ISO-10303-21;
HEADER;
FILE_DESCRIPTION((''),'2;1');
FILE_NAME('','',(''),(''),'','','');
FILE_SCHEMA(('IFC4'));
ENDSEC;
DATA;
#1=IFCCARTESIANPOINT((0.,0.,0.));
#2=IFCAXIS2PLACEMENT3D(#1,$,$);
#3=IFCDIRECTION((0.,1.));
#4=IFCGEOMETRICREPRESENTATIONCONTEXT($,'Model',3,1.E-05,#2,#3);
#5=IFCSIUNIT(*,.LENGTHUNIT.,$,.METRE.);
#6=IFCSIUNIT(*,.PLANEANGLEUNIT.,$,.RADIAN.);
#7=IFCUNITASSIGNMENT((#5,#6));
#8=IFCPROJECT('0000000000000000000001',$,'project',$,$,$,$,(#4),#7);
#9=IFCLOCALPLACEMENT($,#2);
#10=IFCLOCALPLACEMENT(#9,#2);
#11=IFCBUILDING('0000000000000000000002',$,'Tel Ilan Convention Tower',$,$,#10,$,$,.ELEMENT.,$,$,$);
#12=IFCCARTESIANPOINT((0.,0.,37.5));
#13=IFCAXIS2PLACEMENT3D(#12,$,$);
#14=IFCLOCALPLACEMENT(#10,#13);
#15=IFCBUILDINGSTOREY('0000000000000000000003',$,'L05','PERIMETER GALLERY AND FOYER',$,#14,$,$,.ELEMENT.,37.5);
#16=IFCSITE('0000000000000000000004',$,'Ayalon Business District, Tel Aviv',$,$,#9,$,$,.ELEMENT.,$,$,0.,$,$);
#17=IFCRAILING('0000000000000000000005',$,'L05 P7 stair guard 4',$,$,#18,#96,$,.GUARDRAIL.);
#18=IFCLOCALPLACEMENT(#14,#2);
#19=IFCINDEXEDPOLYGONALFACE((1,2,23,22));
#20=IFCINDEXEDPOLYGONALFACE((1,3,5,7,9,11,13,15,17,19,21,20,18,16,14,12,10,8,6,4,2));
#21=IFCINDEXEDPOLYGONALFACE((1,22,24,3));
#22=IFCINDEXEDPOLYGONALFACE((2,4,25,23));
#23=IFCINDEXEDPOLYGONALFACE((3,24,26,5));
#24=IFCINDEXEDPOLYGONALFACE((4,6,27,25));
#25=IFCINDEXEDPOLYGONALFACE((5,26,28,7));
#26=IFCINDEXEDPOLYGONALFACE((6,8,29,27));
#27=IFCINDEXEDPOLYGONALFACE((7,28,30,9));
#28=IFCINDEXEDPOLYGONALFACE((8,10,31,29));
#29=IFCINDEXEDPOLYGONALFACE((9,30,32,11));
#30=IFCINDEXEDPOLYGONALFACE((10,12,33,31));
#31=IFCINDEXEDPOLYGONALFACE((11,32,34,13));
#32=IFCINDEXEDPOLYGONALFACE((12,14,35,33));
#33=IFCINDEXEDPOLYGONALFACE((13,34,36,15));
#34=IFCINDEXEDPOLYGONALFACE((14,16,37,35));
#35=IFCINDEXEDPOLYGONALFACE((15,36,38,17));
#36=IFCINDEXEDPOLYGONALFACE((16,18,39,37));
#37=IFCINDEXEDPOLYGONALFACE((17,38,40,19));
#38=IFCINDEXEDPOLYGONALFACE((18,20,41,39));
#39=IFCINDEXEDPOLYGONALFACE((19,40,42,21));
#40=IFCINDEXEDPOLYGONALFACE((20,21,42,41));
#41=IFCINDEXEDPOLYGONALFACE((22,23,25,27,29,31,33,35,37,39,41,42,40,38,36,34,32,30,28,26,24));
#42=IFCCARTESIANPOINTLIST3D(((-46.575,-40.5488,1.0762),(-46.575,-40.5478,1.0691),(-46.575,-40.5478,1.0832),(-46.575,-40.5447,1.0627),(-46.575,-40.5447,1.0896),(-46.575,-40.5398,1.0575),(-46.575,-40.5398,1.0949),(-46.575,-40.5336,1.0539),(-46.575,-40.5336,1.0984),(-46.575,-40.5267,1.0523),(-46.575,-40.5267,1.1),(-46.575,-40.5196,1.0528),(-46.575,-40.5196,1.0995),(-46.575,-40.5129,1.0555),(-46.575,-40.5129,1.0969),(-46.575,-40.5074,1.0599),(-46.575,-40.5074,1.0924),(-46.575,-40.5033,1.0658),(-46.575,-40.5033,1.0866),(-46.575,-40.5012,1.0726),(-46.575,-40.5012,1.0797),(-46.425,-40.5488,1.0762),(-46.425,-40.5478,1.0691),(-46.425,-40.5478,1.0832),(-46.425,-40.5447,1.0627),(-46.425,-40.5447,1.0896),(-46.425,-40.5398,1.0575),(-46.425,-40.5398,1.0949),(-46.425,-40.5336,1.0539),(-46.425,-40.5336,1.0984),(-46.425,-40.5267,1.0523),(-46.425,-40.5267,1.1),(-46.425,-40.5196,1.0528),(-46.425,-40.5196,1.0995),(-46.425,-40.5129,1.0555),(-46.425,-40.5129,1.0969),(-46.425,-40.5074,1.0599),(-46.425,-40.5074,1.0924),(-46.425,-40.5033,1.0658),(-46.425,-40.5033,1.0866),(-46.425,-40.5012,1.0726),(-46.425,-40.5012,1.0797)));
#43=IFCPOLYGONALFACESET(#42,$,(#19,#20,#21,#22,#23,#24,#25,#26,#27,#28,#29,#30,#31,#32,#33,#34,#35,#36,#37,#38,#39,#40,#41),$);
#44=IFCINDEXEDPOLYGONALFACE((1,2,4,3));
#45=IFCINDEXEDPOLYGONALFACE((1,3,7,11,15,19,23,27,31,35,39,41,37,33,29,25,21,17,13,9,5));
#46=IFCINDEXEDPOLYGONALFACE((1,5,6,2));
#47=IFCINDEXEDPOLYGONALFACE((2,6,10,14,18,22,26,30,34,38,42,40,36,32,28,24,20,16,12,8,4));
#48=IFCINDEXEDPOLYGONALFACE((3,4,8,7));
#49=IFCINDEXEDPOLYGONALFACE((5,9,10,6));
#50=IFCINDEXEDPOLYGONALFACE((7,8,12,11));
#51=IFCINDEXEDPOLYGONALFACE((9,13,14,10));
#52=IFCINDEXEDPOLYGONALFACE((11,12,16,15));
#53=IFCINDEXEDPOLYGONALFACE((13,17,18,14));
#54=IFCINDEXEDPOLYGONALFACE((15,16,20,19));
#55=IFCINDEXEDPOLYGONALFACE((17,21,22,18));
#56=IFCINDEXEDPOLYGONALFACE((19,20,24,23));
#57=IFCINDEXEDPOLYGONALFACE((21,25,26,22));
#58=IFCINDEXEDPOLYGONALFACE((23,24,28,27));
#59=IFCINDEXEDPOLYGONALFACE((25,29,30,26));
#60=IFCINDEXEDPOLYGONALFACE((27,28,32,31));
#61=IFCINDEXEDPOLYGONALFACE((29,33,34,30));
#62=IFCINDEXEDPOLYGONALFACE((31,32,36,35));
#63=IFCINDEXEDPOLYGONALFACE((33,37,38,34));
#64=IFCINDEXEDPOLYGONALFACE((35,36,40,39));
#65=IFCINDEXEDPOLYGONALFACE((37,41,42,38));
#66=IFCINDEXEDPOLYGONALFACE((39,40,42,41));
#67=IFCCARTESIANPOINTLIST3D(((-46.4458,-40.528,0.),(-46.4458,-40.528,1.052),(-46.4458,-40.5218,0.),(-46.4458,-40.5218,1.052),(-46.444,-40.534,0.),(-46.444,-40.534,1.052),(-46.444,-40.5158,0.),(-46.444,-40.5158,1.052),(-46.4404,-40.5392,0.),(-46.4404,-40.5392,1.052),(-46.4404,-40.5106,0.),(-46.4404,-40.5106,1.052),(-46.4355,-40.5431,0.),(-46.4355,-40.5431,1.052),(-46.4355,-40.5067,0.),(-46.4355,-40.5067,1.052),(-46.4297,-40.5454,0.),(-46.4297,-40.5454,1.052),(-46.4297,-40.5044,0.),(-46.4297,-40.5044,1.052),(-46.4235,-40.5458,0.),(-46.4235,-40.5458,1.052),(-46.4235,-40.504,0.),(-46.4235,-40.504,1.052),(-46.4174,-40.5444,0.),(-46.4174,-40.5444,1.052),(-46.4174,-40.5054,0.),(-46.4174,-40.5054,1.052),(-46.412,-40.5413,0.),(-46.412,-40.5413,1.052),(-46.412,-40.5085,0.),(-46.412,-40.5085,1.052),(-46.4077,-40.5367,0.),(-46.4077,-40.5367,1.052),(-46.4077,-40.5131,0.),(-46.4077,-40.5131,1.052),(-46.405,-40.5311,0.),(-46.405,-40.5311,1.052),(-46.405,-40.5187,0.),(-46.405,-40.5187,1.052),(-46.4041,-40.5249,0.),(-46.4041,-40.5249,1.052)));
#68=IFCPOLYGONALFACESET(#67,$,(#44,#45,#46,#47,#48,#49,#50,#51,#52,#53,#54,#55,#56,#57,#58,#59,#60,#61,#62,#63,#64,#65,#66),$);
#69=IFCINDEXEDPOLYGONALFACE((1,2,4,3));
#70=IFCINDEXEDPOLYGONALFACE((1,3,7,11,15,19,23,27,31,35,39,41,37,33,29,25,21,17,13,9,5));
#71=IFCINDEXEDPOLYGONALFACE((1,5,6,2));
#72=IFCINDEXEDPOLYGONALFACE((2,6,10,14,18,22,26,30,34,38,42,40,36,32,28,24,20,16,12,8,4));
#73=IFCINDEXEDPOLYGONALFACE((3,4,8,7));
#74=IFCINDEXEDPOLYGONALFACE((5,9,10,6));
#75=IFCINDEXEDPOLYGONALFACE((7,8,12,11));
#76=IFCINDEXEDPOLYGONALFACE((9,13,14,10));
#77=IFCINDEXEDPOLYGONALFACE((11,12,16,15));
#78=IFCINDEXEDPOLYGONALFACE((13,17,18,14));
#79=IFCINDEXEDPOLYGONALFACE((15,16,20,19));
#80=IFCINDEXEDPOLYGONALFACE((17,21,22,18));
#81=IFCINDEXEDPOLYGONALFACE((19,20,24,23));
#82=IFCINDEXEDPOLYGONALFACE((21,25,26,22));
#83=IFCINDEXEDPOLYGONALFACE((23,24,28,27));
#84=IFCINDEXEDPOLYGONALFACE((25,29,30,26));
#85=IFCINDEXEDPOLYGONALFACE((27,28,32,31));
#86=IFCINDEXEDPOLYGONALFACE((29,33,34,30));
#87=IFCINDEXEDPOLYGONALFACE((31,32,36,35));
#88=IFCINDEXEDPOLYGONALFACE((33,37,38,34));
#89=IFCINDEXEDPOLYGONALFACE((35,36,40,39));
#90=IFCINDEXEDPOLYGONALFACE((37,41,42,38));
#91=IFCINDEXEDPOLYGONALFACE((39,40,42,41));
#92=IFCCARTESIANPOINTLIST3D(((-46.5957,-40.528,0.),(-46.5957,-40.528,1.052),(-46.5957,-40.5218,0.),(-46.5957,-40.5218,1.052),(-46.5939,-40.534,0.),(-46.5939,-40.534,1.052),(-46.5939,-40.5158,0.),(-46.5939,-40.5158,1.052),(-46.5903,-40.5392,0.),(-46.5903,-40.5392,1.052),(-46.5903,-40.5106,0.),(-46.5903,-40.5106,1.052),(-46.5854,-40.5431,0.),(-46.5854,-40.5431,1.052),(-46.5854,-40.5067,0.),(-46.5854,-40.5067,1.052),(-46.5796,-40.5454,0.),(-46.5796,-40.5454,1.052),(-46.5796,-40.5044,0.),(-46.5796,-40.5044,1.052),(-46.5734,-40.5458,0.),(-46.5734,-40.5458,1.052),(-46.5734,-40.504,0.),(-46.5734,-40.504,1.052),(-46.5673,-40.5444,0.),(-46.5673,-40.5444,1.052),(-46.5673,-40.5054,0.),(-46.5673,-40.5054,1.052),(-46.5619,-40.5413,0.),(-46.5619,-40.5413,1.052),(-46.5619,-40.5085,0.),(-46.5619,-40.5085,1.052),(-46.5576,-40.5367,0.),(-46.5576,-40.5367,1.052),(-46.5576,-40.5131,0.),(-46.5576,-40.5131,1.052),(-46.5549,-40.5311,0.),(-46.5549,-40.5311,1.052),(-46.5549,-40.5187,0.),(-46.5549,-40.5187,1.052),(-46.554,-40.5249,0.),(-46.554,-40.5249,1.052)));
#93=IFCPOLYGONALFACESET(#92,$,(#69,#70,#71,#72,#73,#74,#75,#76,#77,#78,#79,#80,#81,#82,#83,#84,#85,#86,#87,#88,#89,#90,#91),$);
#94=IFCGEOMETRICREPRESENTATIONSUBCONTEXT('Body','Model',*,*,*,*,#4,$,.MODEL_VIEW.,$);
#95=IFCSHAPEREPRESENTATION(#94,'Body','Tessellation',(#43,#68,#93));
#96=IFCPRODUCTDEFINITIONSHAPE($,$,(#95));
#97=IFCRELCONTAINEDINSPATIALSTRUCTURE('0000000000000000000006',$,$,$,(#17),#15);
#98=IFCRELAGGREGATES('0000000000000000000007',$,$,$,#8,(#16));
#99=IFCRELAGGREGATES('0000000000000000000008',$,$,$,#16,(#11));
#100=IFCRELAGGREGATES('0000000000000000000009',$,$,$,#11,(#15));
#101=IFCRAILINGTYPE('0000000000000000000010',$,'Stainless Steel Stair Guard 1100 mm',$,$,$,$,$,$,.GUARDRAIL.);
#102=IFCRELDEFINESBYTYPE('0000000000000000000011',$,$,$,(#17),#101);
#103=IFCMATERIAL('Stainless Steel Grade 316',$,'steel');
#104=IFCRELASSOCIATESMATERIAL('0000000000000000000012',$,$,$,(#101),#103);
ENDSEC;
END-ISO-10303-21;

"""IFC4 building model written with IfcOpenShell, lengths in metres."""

from ifc_helpers import new_model, si_unit, direction, frame, origin, origin_2d, place, context, subcontext, project, spatial, circle, extrude, material, type_object, element, save


model = new_model("IFC4")

# Units and contexts
model_context = context("Model", 3, precision=1e-05, world=origin(), true_north=direction((0.0, 1.0)))
body_context = subcontext(model_context, "Body", "Model", "MODEL_VIEW")
ifc_project = project(units=[si_unit("LENGTHUNIT", "METRE"), si_unit("PLANEANGLEUNIT", "RADIAN")], contexts=[model_context])

# Site, building, storey
site_placement = place(None, origin())
site = spatial("IfcSite", under=ifc_project, at=site_placement, Name="Ayalon Business District, Tel Aviv", CompositionType="ELEMENT", RefElevation=0.0)
building_placement = place(site_placement, origin())
building = spatial("IfcBuilding", under=site, at=building_placement, Name="Tel Ilan Convention Tower", CompositionType="ELEMENT")
storey_placement = place(building_placement, frame((0.0, 0.0, 37.5)))
storey = spatial("IfcBuildingStorey", under=building, at=storey_placement, Name="L05", Description="PERIMETER GALLERY AND FOYER", CompositionType="ELEMENT", Elevation=37.5)

# Railing
ifc_material_1 = material(Name="Stainless Steel Grade 316", Category="steel")
railing_type_1 = type_object("IfcRailingType", Name="Stainless Steel Stair Guard 1100 mm", PredefinedType="GUARDRAIL", material=ifc_material_1)
railing_1_placement = place(storey_placement, frame((-46.425, -40.5249, 0.0)))
element("IfcRailing", 1, at=railing_1_placement, inside=storey, type_object=railing_type_1, Name="L05 P7 stair guard 4", PredefinedType="GUARDRAIL", context=body_context, shape_type="SweptSolid", body=[
    extrude(circle(Radius=0.0239, at=origin_2d()), frame((0.0, 0.0, 1.0762), z_axis=(-1.0, 0.0, 0.0), x_axis=(0.0, -1.0, 0.0)), (0.0, 0.0, 1.0), 0.1499),
    extrude(circle(Radius=0.021, at=origin_2d()), origin(), (0.0, 0.0, 1.0), 1.052),
    extrude(circle(Radius=0.021, at=origin_2d()), frame((-0.1499, 0.0, 0.0)), (0.0, 0.0, 1.0), 1.052),
])

save(model, "model.ifc")
